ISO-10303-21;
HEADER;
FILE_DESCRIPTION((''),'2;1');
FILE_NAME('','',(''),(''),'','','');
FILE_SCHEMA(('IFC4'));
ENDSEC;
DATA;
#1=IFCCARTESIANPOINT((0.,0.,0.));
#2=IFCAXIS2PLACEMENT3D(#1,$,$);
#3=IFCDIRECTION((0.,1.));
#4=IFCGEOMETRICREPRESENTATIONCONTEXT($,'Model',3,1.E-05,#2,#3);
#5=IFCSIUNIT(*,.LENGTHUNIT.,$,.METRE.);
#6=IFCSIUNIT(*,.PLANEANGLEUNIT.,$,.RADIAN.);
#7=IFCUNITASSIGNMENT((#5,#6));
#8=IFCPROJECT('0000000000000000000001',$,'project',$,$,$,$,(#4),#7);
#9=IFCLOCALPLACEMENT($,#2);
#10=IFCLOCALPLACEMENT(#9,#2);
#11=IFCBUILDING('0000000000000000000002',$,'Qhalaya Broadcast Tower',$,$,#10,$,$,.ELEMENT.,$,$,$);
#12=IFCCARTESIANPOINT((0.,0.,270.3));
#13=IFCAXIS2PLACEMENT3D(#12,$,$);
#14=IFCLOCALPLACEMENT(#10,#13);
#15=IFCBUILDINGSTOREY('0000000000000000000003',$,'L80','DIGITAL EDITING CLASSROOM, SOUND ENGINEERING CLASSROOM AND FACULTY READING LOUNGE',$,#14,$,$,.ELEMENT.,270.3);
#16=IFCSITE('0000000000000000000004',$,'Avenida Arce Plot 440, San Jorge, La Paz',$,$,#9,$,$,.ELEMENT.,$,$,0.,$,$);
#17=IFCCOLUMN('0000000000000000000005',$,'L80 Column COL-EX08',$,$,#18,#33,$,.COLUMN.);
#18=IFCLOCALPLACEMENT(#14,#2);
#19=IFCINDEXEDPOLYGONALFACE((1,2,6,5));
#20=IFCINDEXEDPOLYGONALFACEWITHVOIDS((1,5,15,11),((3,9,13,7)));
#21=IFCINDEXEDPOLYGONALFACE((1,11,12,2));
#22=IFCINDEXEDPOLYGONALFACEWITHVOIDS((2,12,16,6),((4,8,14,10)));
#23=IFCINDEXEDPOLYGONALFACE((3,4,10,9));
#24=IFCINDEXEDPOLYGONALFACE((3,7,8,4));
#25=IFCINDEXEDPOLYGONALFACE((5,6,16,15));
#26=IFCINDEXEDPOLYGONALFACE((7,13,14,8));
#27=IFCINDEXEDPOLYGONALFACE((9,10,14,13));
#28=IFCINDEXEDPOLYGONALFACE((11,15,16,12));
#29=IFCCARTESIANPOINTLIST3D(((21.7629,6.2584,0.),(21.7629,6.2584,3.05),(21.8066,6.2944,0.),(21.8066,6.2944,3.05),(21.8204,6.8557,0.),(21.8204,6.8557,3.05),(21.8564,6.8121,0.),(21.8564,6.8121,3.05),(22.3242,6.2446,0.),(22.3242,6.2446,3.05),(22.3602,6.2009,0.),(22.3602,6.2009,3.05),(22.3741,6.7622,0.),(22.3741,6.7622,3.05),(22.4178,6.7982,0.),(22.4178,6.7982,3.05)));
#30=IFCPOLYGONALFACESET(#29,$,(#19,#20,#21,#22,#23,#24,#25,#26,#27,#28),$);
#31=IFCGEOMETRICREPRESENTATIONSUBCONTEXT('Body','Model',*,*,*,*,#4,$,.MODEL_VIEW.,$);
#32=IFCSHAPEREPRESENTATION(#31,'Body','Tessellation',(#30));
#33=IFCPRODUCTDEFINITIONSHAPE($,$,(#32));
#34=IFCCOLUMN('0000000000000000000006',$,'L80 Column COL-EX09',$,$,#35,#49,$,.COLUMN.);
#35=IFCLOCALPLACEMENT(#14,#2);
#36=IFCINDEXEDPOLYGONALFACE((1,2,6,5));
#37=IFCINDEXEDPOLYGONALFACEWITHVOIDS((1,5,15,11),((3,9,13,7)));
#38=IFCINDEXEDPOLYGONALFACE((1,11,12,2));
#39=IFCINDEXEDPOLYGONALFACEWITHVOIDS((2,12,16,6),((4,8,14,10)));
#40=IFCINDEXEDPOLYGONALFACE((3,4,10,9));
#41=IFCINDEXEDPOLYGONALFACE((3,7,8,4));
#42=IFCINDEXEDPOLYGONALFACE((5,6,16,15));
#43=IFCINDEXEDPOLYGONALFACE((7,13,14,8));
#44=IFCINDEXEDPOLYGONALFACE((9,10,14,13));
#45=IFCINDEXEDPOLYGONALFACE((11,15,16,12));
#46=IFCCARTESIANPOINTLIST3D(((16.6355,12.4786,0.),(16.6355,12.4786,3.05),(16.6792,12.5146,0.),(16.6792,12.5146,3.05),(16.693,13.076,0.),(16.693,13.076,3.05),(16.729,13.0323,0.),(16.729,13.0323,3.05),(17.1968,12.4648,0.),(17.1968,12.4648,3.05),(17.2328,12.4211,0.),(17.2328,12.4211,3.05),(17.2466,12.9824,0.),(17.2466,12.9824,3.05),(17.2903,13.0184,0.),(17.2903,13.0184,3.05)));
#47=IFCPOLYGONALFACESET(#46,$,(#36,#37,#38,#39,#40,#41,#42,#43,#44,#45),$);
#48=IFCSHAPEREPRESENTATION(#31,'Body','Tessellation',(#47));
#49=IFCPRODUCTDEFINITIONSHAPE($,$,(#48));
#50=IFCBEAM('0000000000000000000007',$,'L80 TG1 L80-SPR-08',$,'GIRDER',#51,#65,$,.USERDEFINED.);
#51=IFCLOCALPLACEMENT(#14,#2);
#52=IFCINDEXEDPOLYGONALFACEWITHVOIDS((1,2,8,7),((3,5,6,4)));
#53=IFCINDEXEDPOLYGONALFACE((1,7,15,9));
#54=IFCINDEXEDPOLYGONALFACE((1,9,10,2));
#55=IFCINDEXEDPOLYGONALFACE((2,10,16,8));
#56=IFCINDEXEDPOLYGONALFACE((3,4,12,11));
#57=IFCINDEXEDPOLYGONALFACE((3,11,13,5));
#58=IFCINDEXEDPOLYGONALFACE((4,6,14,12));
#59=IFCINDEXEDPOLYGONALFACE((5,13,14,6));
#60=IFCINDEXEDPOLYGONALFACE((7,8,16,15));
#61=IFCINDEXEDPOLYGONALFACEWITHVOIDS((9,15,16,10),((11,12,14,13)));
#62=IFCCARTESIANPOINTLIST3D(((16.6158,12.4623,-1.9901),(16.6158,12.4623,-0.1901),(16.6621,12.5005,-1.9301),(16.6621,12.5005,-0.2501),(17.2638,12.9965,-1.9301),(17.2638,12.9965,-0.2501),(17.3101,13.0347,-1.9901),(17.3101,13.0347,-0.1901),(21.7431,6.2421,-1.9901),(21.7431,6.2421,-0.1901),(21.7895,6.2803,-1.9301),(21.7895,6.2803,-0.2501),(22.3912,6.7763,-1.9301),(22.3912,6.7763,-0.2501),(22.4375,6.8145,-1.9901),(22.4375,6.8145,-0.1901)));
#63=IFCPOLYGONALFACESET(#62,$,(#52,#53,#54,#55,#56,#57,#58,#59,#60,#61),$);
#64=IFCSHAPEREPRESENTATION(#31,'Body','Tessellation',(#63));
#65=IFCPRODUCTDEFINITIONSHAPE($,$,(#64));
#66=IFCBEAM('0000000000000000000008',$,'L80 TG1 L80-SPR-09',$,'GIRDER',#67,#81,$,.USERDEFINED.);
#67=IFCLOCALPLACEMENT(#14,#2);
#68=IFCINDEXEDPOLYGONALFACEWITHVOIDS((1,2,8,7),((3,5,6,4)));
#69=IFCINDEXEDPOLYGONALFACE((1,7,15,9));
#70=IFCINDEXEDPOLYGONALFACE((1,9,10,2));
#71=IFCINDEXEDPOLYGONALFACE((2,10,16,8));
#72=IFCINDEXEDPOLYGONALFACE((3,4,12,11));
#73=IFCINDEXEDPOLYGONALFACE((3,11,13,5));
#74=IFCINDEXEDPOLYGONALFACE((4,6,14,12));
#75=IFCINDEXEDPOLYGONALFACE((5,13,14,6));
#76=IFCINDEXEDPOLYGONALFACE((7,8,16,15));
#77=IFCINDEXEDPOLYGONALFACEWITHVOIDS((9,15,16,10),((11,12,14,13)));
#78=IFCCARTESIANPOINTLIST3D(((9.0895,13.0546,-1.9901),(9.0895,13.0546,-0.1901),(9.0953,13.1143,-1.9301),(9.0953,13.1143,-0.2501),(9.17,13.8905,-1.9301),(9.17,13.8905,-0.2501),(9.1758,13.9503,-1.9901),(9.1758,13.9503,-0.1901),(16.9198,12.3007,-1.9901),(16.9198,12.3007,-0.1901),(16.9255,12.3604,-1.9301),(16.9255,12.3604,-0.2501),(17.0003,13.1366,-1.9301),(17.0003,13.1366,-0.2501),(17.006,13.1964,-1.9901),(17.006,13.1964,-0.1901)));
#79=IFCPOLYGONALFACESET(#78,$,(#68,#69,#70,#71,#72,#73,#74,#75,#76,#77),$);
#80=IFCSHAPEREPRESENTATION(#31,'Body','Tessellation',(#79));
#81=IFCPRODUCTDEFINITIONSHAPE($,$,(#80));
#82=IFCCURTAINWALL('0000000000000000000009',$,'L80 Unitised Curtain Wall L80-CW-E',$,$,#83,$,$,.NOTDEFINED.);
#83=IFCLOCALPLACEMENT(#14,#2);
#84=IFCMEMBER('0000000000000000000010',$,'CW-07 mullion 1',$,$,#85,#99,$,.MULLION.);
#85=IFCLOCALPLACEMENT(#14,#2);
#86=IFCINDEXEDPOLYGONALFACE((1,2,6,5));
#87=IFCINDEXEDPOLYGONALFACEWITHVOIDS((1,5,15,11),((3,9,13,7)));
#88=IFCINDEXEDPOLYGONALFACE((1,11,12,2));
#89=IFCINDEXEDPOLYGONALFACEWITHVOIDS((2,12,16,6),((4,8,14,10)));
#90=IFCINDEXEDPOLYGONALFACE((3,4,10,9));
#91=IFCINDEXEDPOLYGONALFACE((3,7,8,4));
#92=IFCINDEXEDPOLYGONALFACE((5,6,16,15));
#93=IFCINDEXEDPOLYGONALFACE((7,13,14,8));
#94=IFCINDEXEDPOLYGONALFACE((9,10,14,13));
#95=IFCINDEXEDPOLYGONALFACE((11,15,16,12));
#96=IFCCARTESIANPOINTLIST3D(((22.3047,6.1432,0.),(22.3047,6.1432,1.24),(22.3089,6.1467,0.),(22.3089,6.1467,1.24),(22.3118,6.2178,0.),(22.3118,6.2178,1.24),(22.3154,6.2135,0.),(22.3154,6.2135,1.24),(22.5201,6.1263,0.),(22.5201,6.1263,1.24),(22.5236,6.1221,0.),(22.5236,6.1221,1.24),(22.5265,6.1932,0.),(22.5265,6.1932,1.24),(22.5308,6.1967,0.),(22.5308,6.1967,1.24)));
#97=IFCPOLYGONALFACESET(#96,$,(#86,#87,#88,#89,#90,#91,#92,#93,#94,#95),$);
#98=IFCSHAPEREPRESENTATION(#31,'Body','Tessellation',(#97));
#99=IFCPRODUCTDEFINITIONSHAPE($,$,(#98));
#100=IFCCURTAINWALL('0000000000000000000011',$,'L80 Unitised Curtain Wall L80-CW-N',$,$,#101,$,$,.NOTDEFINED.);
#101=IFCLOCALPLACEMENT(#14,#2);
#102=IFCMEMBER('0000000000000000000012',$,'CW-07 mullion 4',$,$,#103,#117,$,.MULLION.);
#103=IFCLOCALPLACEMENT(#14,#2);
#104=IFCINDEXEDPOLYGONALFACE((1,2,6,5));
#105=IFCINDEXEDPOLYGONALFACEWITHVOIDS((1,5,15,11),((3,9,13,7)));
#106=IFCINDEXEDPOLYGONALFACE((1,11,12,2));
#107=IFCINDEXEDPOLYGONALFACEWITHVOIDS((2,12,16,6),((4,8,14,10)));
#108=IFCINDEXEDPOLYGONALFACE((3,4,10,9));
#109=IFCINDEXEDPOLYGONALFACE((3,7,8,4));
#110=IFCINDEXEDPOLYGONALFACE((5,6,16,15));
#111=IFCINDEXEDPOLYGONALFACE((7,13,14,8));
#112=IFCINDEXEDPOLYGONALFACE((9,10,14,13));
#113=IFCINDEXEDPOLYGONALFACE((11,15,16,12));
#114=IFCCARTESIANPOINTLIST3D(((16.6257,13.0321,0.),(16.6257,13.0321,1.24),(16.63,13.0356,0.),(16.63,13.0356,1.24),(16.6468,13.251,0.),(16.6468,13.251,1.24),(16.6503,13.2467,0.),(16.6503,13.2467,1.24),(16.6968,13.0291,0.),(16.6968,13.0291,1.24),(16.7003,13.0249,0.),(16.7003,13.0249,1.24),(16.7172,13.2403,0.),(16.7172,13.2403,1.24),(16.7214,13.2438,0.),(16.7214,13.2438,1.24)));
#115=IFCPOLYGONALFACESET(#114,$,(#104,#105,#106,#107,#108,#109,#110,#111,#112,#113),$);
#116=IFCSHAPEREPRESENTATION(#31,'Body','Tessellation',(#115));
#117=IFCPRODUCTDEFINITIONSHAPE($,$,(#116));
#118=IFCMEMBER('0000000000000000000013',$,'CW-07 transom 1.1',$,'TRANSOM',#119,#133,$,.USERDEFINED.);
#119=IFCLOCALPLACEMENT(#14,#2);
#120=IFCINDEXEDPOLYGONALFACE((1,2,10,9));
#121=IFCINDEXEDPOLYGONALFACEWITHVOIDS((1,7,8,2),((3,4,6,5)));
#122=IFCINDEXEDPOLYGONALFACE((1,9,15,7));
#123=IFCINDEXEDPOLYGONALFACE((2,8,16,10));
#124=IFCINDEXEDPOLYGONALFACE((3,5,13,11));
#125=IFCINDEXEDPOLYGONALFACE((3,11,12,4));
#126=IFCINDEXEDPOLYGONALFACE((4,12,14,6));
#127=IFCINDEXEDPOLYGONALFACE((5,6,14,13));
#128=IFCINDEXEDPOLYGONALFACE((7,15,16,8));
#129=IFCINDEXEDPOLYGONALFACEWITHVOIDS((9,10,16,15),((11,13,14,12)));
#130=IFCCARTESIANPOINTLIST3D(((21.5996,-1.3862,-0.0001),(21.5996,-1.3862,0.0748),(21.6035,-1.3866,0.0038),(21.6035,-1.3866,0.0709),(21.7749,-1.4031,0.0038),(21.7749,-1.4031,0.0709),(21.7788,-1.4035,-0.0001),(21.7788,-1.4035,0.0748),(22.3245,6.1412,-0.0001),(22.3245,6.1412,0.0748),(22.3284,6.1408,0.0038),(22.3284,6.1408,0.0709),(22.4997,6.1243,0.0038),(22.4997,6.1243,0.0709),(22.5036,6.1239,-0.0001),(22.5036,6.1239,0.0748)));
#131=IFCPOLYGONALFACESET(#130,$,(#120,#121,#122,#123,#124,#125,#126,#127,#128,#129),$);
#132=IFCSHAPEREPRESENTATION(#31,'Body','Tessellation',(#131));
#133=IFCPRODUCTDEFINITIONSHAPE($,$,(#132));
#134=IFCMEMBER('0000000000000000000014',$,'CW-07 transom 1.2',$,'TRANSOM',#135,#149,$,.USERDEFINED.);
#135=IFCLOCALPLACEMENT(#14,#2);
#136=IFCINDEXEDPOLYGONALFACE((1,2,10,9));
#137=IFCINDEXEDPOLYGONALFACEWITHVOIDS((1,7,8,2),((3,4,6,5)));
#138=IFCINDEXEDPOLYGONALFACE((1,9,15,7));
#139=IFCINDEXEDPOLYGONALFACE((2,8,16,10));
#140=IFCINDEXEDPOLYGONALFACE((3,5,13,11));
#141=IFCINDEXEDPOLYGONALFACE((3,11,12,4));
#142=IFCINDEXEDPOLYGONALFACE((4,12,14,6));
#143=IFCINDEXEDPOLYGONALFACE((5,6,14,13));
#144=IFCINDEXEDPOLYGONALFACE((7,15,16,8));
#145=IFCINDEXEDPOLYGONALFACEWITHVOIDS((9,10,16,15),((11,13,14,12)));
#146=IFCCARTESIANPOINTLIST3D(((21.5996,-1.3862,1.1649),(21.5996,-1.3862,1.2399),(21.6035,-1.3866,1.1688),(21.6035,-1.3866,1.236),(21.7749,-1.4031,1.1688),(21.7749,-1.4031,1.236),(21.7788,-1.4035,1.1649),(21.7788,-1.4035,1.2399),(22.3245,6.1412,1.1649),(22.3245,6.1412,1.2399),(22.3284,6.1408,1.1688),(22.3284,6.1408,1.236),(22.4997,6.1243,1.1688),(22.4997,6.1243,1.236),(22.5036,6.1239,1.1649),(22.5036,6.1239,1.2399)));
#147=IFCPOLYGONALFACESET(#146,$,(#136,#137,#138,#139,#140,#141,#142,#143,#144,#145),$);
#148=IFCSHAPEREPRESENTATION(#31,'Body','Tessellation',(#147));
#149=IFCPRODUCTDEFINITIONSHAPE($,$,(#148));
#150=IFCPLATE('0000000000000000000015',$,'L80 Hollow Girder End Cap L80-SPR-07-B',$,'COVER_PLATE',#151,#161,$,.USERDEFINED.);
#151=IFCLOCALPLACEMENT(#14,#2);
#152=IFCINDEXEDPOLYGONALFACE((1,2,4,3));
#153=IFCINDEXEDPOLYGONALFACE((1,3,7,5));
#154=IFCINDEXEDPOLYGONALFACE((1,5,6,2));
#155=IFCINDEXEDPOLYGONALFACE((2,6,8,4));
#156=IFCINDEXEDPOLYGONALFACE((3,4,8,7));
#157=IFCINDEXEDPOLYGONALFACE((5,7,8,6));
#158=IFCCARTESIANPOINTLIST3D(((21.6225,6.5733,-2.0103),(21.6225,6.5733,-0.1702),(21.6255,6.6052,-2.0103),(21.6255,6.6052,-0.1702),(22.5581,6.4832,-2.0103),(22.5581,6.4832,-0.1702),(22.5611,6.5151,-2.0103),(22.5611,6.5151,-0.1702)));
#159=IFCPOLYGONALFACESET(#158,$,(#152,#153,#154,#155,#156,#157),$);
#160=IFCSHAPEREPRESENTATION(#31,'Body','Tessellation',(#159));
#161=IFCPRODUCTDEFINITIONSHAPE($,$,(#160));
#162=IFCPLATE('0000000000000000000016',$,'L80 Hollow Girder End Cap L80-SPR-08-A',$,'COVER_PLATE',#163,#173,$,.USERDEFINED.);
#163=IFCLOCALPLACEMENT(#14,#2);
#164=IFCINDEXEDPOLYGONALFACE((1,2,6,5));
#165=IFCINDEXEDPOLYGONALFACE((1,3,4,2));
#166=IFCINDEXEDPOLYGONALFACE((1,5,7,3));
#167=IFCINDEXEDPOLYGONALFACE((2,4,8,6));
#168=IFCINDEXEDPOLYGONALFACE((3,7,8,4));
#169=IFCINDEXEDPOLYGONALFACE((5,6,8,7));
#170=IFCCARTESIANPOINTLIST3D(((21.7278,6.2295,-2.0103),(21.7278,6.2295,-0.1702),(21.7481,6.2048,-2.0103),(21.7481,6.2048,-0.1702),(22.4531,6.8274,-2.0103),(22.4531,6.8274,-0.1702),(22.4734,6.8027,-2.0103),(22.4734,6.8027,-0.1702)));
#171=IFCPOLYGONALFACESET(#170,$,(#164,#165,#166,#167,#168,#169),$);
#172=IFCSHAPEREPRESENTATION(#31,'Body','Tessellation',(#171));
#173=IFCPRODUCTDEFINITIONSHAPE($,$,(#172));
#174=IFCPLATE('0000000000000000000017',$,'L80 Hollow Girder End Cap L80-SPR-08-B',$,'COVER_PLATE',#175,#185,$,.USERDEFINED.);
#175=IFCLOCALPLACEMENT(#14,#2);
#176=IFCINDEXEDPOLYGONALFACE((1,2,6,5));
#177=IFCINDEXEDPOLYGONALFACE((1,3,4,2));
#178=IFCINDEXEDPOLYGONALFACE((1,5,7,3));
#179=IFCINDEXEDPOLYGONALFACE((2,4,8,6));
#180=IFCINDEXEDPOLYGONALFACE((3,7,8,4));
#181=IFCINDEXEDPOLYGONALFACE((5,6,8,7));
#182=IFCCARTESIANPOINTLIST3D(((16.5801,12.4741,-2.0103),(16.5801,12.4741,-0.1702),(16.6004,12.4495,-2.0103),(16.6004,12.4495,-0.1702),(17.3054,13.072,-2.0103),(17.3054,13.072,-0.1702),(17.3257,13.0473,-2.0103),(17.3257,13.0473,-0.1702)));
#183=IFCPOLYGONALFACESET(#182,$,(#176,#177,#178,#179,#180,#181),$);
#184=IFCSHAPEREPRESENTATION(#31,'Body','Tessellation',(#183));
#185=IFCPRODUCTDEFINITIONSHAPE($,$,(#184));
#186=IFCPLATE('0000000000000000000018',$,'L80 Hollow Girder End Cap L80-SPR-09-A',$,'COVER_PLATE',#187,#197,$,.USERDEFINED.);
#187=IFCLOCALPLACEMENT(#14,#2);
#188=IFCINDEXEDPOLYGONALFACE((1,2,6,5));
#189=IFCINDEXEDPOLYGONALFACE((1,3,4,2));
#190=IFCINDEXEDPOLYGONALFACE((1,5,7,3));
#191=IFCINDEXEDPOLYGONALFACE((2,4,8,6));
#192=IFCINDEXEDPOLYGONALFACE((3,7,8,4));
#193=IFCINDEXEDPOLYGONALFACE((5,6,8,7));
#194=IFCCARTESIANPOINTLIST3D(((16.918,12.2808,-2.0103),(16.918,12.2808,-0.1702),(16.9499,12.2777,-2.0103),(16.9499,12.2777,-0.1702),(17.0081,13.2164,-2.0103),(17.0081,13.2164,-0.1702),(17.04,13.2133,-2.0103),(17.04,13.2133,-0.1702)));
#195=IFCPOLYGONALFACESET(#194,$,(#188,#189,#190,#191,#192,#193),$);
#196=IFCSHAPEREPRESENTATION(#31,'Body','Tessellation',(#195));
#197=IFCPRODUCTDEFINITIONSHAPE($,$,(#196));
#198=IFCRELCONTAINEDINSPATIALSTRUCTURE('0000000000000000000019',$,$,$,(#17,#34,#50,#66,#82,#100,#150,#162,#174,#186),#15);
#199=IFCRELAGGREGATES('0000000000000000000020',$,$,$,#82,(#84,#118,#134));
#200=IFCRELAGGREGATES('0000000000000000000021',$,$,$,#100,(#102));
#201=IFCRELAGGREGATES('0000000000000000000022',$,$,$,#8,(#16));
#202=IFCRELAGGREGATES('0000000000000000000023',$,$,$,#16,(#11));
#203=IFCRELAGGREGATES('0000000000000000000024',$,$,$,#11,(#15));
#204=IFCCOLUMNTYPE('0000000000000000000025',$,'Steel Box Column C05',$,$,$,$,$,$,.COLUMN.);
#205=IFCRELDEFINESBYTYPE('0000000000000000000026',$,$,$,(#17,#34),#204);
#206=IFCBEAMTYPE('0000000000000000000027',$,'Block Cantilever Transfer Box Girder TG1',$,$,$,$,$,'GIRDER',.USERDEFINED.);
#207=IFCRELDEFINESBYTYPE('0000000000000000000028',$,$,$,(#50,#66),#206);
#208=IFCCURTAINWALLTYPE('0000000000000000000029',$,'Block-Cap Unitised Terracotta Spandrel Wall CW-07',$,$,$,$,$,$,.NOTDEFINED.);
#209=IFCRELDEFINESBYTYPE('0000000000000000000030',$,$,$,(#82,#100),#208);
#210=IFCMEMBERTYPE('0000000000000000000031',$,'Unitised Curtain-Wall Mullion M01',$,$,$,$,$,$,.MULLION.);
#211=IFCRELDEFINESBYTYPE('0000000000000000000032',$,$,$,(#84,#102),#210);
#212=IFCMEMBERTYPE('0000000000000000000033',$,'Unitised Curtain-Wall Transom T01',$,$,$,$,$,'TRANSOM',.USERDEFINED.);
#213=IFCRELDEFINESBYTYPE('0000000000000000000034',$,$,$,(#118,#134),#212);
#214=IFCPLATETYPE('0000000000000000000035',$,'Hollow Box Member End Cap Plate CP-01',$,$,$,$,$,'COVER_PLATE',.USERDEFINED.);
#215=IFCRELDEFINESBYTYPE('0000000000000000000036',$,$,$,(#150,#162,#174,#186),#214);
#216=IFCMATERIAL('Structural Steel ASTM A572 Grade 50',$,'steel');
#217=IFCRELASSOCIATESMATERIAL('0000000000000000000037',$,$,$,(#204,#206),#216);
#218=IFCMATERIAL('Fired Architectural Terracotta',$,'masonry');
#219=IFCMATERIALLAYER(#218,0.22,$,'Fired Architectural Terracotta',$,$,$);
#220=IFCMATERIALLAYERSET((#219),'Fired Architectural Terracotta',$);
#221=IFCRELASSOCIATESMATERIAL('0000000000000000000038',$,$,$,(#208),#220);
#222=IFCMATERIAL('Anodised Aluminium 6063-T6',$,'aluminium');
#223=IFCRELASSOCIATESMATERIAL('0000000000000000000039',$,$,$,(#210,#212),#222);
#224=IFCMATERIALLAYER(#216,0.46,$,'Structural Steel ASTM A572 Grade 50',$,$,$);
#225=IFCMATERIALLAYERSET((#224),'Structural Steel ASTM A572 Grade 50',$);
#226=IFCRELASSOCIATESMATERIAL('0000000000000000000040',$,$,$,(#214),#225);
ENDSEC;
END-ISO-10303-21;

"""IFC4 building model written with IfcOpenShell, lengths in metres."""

from ifc_helpers import new_model, si_unit, direction, frame, origin, origin_2d, place, context, subcontext, project, spatial, rectangle, hollow_rectangle, extrude, material, layer, layer_set, material_profile, profile_set, type_object, element, aggregate, save


model = new_model("IFC4")

# Units and contexts
model_context = context("Model", 3, precision=1e-05, world=origin(), true_north=direction((0.0, 1.0)))
body_context = subcontext(model_context, "Body", "Model", "MODEL_VIEW")
ifc_project = project(units=[si_unit("LENGTHUNIT", "METRE"), si_unit("PLANEANGLEUNIT", "RADIAN")], contexts=[model_context])

# Site, building, storey
site_placement = place(None, origin())
site = spatial("IfcSite", under=ifc_project, at=site_placement, Name="Avenida Arce Plot 440, San Jorge, La Paz", CompositionType="ELEMENT", RefElevation=0.0)
building_placement = place(site_placement, origin())
building = spatial("IfcBuilding", under=site, at=building_placement, Name="Qhalaya Broadcast Tower", CompositionType="ELEMENT")
storey_placement = place(building_placement, frame((0.0, 0.0, 270.3)))
storey = spatial("IfcBuildingStorey", under=building, at=storey_placement, Name="L80", Description="DIGITAL EDITING CLASSROOM, SOUND ENGINEERING CLASSROOM AND FACULTY READING LOUNGE", CompositionType="ELEMENT", Elevation=270.3)

# Columns
ifc_material_1 = material(Name="Structural Steel ASTM A572 Grade 50", Category="steel")
ifc_material_profile_1 = material_profile(ifc_material_1, hollow_rectangle(XDim=0.6001, YDim=0.6001, WallThickness=0.04, at=origin_2d()), Name="BOX 600x600x40")
ifc_profile_set_1 = profile_set([ifc_material_profile_1], Name="Structural Steel ASTM A572 Grade 50")
column_type = type_object("IfcColumnType", Name="Steel Box Column C05", PredefinedType="COLUMN", material=ifc_profile_set_1)
for number, where, z_axis, x_axis, name in (
    (1, (22.0903, 6.5283, 0.0), (0.0, 0.0, 1.0), (0.095846, 0.995396, 0.0), "L80 Column COL-EX08"),
    (2, (16.9629, 12.7485, 0.0), (0.0, 0.0, 1.0), (0.995396, -0.095846, 0.0), "L80 Column COL-EX09"),
):
    element("IfcColumn", number, at=place(storey_placement, frame(where, z_axis=z_axis, x_axis=x_axis)), inside=storey, type_object=column_type, Name=name, PredefinedType="COLUMN", context=body_context, shape_type="SweptSolid", body=[
        extrude(hollow_rectangle(XDim=0.6001, YDim=0.6001, WallThickness=0.04, at=origin_2d()), origin(), (0.0, 0.0, 1.0), 3.05),
    ])

# Beams
ifc_material_profile_2 = material_profile(ifc_material_1, hollow_rectangle(XDim=0.8999, YDim=1.8, WallThickness=0.0601, at=origin_2d()), Name="BOX 900x1800x60")
ifc_profile_set_2 = profile_set([ifc_material_profile_2], Name="Structural Steel ASTM A572 Grade 50")
beam_type = type_object("IfcBeamType", Name="Block Cantilever Transfer Box Girder TG1", ElementType="GIRDER", PredefinedType="USERDEFINED", material=ifc_profile_set_2)
beam_1_placement = place(storey_placement, frame((22.0903, 6.5283, -1.0901), z_axis=(-0.63607, 0.771631, 0.0), x_axis=(-0.771631, -0.63607, 0.0)))
element("IfcBeam", 3, at=beam_1_placement, inside=storey, type_object=beam_type, Name="L80 TG1 L80-SPR-08", ObjectType="GIRDER", PredefinedType="USERDEFINED", context=body_context, shape_type="SweptSolid", body=[
    extrude(hollow_rectangle(XDim=0.8999, YDim=1.8, WallThickness=0.0601, at=origin_2d()), origin(), (0.0, 0.0, 1.0), 8.061),
])
beam_2_placement = place(storey_placement, frame((16.9629, 12.7485, -1.0901), z_axis=(-0.995397, 0.095837, 0.0), x_axis=(-0.095837, -0.995397, 0.0)))
element("IfcBeam", 4, at=beam_2_placement, inside=storey, type_object=beam_type, Name="L80 TG1 L80-SPR-09", ObjectType="GIRDER", PredefinedType="USERDEFINED", context=body_context, shape_type="SweptSolid", body=[
    extrude(hollow_rectangle(XDim=0.8999, YDim=1.8, WallThickness=0.0601, at=origin_2d()), origin(), (0.0, 0.0, 1.0), 7.8665),
])

# Curtain walls, members
ifc_material_2 = material(Name="Fired Architectural Terracotta", Category="masonry")
ifc_layer_1 = layer(ifc_material_2, 0.22, Name="Fired Architectural Terracotta")
ifc_layer_set_1 = layer_set([ifc_layer_1], Name="Fired Architectural Terracotta")
curtain_wall_type = type_object("IfcCurtainWallType", Name="Block-Cap Unitised Terracotta Spandrel Wall CW-07", PredefinedType="NOTDEFINED", material=ifc_layer_set_1)
curtain_wall_1_placement = place(storey_placement, origin())
curtain_wall_1 = element("IfcCurtainWall", 5, at=curtain_wall_1_placement, inside=storey, type_object=curtain_wall_type, Name="L80 Unitised Curtain Wall L80-CW-E", PredefinedType="NOTDEFINED")
ifc_material_3 = material(Name="Anodised Aluminium 6063-T6", Category="aluminium")
ifc_material_profile_3 = material_profile(ifc_material_3, hollow_rectangle(XDim=0.075, YDim=0.22, WallThickness=0.0039, at=origin_2d()), Name="ALU-MUL 75x220x4")
ifc_profile_set_3 = profile_set([ifc_material_profile_3], Name="Anodised Aluminium 6063-T6")
member_type_1 = type_object("IfcMemberType", Name="Unitised Curtain-Wall Mullion M01", PredefinedType="MULLION", material=ifc_profile_set_3)
member_1_placement = place(storey_placement, frame((22.4177, 6.1699, 0.0), z_axis=(0.0, 0.0, 1.0), x_axis=(-0.095848, -0.995396, 0.0)))
member_1 = element("IfcMember", 6, at=member_1_placement, type_object=member_type_1, Name="CW-07 mullion 1", PredefinedType="MULLION", context=body_context, shape_type="SweptSolid", body=[
    extrude(hollow_rectangle(XDim=0.075, YDim=0.22, WallThickness=0.0039, at=origin_2d()), origin(), (0.0, 0.0, 1.0), 1.24),
])
curtain_wall_2_placement = place(storey_placement, origin())
curtain_wall_2 = element("IfcCurtainWall", 7, at=curtain_wall_2_placement, inside=storey, type_object=curtain_wall_type, Name="L80 Unitised Curtain Wall L80-CW-N", PredefinedType="NOTDEFINED")
member_2_placement = place(storey_placement, frame((16.6736, 13.1379, 0.0), z_axis=(0.0, 0.0, 1.0), x_axis=(0.995396, -0.095848, 0.0)))
member_2 = element("IfcMember", 8, at=member_2_placement, type_object=member_type_1, Name="CW-07 mullion 4", PredefinedType="MULLION", context=body_context, shape_type="SweptSolid", body=[
    extrude(hollow_rectangle(XDim=0.075, YDim=0.22, WallThickness=0.0039, at=origin_2d()), origin(), (0.0, 0.0, 1.0), 1.24),
])

# Members
ifc_material_profile_4 = material_profile(ifc_material_3, hollow_rectangle(XDim=0.075, YDim=0.1799, WallThickness=0.0039, at=origin_2d()), Name="ALU-TRN 75x180x4")
ifc_profile_set_4 = profile_set([ifc_material_profile_4], Name="Anodised Aluminium 6063-T6")
member_type_2 = type_object("IfcMemberType", Name="Unitised Curtain-Wall Transom T01", ElementType="TRANSOM", PredefinedType="USERDEFINED", material=ifc_profile_set_4)
member_3_placement = place(storey_placement, frame((22.4141, 6.1326, 0.0374), z_axis=(-0.095853, -0.995396, 0.0), x_axis=(0.0, 0.0, 1.0)))
member_3 = element("IfcMember", 9, at=member_3_placement, type_object=member_type_2, Name="CW-07 transom 1.1", ObjectType="TRANSOM", PredefinedType="USERDEFINED", context=body_context, shape_type="SweptSolid", body=[
    extrude(hollow_rectangle(XDim=0.075, YDim=0.1799, WallThickness=0.0039, at=origin_2d()), origin(), (0.0, 0.0, 1.0), 7.5623),
])
member_4_placement = place(storey_placement, frame((22.4141, 6.1326, 1.2024), z_axis=(-0.095853, -0.995396, 0.0), x_axis=(0.0, 0.0, 1.0)))
member_4 = element("IfcMember", 10, at=member_4_placement, type_object=member_type_2, Name="CW-07 transom 1.2", ObjectType="TRANSOM", PredefinedType="USERDEFINED", context=body_context, shape_type="SweptSolid", body=[
    extrude(hollow_rectangle(XDim=0.075, YDim=0.1799, WallThickness=0.0039, at=origin_2d()), origin(), (0.0, 0.0, 1.0), 7.5623),
])
aggregate(curtain_wall_1, [member_1, member_3, member_4])

# Plates
ifc_layer_2 = layer(ifc_material_1, 0.46, Name="Structural Steel ASTM A572 Grade 50")
ifc_layer_set_2 = layer_set([ifc_layer_2], Name="Structural Steel ASTM A572 Grade 50")
plate_type_1 = type_object("IfcPlateType", Name="Hollow Box Member End Cap Plate CP-01", ElementType="COVER_PLATE", PredefinedType="USERDEFINED", material=ifc_layer_set_2)
for number, where, z_axis, x_axis, name in (
    (11, (22.0918, 6.5442, -2.0103), (0.0, 0.0, 1.0), (-0.995396, 0.095846, 0.0), "L80 Hollow Girder End Cap L80-SPR-07-B"),
    (12, (22.1006, 6.5161, -2.0103), (0.0, 0.0, 1.0), (-0.771625, -0.636078, 0.0), "L80 Hollow Girder End Cap L80-SPR-08-A"),
    (13, (16.9529, 12.7607, -2.0103), (0.0, 0.0, 1.0), (-0.771625, -0.636078, 0.0), "L80 Hollow Girder End Cap L80-SPR-08-B"),
    (14, (16.979, 12.7471, -2.0103), (0.0, 0.0, 1.0), (-0.095828, -0.995398, 0.0), "L80 Hollow Girder End Cap L80-SPR-09-A"),
):
    element("IfcPlate", number, at=place(storey_placement, frame(where, z_axis=z_axis, x_axis=x_axis)), inside=storey, type_object=plate_type_1, Name=name, ObjectType="COVER_PLATE", PredefinedType="USERDEFINED", context=body_context, shape_type="SweptSolid", body=[
        extrude(rectangle(XDim=0.9399, YDim=0.032, at=origin_2d()), origin(), (0.0, 0.0, 1.0), 1.8401),
    ])

aggregate(curtain_wall_2, [member_2])

save(model, "model.ifc")
